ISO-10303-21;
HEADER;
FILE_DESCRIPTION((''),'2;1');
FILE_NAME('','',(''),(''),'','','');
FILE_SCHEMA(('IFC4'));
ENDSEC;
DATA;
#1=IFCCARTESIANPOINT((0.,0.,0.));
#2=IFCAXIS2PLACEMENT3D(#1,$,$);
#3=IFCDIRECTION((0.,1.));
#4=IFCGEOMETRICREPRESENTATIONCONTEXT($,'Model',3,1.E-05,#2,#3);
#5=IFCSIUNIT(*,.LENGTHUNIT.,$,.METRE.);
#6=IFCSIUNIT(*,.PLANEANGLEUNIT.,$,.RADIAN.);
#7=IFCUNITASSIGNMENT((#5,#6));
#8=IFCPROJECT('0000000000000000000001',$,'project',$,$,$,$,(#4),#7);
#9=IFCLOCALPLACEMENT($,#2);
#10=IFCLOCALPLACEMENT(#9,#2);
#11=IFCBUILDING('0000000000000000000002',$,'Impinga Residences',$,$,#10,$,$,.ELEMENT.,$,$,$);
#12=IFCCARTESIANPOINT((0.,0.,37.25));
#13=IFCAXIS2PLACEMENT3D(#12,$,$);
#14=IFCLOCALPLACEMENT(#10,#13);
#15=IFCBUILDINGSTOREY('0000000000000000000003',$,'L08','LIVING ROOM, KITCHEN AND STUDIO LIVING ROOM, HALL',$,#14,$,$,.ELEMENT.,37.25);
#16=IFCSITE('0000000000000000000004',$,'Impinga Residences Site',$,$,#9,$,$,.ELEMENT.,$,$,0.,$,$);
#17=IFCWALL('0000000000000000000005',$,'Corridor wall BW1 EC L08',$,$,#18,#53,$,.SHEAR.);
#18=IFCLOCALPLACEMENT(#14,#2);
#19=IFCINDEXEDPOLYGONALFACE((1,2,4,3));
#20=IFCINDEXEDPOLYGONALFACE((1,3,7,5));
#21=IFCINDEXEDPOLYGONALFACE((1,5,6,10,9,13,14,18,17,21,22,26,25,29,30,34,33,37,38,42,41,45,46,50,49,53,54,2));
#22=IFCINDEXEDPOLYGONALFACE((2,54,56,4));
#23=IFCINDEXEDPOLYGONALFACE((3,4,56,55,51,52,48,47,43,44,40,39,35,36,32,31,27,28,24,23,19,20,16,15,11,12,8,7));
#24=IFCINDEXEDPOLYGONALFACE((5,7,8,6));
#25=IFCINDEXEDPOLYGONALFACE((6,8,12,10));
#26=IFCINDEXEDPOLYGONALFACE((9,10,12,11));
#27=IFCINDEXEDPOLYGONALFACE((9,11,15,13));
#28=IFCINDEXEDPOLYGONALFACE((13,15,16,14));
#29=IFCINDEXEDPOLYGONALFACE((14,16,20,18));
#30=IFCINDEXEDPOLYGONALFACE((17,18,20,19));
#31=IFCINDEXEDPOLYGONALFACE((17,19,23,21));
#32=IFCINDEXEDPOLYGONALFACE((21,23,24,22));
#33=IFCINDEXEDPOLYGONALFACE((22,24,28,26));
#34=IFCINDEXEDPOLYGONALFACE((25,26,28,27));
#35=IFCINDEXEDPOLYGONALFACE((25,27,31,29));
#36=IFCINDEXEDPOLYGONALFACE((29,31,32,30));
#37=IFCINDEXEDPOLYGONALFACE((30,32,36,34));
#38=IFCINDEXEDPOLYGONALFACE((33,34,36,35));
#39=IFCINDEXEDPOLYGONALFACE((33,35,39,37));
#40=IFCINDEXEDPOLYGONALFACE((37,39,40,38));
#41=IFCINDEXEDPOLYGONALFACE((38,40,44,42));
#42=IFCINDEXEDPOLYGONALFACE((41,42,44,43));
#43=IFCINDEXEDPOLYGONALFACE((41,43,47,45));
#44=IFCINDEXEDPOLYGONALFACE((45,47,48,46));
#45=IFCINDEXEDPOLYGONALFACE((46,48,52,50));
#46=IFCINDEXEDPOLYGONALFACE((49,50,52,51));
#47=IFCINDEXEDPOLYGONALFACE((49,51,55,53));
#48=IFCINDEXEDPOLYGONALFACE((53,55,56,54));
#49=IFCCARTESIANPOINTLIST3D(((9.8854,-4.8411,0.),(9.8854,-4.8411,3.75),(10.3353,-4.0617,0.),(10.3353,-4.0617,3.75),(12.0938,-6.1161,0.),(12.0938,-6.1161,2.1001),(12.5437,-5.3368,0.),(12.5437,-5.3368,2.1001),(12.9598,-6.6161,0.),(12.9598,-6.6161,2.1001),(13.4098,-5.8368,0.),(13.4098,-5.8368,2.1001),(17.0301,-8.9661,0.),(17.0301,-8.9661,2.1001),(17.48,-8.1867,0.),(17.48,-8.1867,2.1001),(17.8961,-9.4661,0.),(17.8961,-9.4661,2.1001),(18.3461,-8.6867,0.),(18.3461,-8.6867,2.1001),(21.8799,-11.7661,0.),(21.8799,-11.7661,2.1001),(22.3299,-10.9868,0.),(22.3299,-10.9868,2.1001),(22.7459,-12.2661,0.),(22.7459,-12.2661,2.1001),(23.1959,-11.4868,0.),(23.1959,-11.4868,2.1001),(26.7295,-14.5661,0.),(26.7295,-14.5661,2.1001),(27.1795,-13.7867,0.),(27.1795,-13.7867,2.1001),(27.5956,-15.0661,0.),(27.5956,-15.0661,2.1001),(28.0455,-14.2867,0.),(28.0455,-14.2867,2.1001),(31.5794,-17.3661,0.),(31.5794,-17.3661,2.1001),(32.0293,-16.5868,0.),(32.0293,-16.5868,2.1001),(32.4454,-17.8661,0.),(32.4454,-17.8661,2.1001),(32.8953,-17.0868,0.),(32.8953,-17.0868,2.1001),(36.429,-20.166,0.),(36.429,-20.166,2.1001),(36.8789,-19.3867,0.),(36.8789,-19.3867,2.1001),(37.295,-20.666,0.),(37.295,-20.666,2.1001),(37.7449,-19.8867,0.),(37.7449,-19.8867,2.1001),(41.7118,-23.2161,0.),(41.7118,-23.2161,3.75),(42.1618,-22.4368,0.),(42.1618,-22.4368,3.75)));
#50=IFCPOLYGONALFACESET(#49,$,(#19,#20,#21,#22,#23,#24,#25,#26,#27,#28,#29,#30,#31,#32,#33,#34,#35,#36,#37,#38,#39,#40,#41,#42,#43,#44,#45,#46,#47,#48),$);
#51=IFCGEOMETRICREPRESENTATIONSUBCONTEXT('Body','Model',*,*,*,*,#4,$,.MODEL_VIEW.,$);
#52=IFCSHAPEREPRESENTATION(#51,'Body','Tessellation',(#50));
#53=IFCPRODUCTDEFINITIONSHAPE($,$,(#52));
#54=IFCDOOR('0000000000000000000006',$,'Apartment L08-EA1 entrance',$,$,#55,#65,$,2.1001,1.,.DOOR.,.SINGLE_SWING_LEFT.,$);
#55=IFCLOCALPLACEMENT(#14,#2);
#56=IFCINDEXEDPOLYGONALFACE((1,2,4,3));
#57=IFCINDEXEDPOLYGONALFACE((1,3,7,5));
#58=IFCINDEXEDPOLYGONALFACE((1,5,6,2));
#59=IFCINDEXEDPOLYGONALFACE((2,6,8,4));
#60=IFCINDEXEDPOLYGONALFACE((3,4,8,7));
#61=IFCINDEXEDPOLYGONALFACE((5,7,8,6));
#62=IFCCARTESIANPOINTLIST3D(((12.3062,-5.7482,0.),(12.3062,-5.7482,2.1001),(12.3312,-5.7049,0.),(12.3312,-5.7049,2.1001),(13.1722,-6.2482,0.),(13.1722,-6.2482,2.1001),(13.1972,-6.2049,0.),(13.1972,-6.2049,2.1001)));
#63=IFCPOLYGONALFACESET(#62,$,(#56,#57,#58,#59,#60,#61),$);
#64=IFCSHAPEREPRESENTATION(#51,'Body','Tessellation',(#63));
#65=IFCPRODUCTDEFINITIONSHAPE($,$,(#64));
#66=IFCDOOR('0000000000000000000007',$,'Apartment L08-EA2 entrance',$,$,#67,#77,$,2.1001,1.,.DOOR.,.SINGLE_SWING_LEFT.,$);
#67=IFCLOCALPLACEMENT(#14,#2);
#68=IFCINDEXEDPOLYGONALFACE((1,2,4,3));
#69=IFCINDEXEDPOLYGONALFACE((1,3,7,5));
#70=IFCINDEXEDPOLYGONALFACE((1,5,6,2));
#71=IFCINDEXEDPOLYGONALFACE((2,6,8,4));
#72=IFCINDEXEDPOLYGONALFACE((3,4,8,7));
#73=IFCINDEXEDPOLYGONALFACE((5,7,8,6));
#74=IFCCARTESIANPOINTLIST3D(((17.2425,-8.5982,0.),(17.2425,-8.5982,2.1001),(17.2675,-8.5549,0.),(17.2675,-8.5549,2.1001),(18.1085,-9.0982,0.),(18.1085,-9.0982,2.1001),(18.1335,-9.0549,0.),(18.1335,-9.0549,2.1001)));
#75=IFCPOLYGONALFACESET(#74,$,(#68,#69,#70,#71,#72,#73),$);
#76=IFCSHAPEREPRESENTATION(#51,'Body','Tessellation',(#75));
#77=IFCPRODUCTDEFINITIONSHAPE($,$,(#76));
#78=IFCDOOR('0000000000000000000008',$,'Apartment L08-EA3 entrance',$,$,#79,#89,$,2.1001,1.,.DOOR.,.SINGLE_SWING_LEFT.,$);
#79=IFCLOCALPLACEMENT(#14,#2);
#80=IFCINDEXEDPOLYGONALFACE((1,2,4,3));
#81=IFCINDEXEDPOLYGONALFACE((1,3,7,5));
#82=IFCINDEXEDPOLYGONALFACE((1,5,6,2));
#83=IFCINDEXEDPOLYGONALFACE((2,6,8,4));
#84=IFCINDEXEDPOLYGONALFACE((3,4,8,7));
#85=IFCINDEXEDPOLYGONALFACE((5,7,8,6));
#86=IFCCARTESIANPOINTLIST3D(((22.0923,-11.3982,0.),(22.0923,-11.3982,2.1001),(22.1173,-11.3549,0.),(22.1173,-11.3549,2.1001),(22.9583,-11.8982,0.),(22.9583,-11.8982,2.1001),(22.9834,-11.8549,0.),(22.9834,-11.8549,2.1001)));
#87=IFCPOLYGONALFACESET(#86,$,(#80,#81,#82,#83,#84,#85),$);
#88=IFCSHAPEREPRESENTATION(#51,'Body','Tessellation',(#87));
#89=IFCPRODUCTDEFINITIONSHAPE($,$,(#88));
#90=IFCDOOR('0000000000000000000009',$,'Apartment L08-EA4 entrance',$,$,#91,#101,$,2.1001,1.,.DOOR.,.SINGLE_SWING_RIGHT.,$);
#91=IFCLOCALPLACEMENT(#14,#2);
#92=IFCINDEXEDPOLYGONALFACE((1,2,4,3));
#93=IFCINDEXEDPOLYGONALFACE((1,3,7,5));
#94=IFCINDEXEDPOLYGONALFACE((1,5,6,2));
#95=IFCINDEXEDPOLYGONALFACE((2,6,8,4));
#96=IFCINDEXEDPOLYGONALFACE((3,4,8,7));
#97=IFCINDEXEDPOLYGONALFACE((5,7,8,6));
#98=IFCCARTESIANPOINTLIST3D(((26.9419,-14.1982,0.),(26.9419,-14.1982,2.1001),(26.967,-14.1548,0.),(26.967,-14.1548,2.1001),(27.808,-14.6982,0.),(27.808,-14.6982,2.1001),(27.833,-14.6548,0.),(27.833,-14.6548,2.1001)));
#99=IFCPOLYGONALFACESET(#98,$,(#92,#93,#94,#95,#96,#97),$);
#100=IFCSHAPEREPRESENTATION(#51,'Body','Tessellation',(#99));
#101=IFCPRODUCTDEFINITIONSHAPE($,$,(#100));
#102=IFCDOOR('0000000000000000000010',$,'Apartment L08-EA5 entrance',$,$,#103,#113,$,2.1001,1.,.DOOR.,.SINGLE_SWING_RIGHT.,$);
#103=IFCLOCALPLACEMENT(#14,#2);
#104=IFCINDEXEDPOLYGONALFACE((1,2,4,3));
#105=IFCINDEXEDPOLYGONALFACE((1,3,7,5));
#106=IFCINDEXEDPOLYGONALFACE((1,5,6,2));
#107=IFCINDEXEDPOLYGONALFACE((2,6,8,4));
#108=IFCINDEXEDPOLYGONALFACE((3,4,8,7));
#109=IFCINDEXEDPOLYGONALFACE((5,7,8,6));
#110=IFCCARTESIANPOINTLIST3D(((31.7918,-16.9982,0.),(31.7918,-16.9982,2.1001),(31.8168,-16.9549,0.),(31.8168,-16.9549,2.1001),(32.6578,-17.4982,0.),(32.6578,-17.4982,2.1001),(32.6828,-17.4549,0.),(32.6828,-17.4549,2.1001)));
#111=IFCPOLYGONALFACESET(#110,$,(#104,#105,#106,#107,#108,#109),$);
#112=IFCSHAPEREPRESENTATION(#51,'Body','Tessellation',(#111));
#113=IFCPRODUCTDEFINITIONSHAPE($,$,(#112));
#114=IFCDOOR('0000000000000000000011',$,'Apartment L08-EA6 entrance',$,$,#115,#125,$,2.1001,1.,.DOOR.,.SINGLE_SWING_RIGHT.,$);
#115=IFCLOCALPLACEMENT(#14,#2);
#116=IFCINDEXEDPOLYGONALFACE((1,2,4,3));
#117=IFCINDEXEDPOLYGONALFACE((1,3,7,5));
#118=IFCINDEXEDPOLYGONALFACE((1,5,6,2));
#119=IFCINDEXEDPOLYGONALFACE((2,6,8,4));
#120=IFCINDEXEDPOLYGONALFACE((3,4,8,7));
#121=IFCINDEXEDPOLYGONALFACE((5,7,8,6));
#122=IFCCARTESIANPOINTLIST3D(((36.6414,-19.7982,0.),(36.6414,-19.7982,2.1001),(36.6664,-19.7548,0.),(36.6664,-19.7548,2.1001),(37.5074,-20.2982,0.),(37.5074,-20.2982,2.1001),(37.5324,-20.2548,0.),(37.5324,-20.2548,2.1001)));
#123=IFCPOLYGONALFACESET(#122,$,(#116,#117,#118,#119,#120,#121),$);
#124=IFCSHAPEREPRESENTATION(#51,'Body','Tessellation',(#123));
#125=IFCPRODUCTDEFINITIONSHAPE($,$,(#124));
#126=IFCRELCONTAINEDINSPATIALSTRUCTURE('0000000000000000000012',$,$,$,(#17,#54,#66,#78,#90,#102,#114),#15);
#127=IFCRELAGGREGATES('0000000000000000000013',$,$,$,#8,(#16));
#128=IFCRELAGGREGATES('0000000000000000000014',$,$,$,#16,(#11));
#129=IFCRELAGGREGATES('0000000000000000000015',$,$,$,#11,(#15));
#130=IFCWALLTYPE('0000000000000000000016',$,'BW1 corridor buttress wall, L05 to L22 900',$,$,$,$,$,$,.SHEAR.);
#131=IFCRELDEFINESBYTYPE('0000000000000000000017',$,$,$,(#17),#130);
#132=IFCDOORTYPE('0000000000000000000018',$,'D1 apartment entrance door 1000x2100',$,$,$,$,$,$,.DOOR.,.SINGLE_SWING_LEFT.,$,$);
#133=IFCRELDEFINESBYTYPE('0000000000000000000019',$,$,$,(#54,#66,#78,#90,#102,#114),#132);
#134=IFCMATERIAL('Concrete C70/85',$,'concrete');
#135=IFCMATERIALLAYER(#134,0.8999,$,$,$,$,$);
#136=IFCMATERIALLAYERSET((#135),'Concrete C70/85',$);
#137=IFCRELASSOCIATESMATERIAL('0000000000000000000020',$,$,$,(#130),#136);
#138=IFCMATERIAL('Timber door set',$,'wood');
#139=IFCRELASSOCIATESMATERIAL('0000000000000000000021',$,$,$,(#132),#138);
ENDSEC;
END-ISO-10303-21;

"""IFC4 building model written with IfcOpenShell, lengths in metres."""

from ifc_helpers import new_model, si_unit, direction, frame, frame_2d, origin, place, context, subcontext, project, spatial, rectangle, extrude, material, layer, layer_set, type_object, element, fill, save


model = new_model("IFC4")

# Units and contexts
model_context = context("Model", 3, precision=1e-05, world=origin(), true_north=direction((0.0, 1.0)))
body_context = subcontext(model_context, "Body", "Model", "MODEL_VIEW")
ifc_project = project(units=[si_unit("LENGTHUNIT", "METRE"), si_unit("PLANEANGLEUNIT", "RADIAN")], contexts=[model_context])

# Site, building, storey
site_placement = place(None, origin())
site = spatial("IfcSite", under=ifc_project, at=site_placement, Name="Impinga Residences Site", CompositionType="ELEMENT", RefElevation=0.0)
building_placement = place(site_placement, origin())
building = spatial("IfcBuilding", under=site, at=building_placement, Name="Impinga Residences", CompositionType="ELEMENT")
storey_placement = place(building_placement, frame((0.0, 0.0, 37.25)))
storey = spatial("IfcBuildingStorey", under=building, at=storey_placement, Name="L08", Description="LIVING ROOM, KITCHEN AND STUDIO LIVING ROOM, HALL", CompositionType="ELEMENT", Elevation=37.25)

# Wall, openings, doors
ifc_material_1 = material(Name="Concrete C70/85", Category="concrete")
ifc_layer_1 = layer(ifc_material_1, 0.8999)
ifc_layer_set_1 = layer_set([ifc_layer_1], Name="Concrete C70/85")
wall_type_1 = type_object("IfcWallType", Name="BW1 corridor buttress wall, L05 to L22 900", PredefinedType="SHEAR", material=ifc_layer_set_1)
wall_1_placement = place(storey_placement, frame((10.1104, -4.4514, 0.0), z_axis=(0.0, 0.0, 1.0), x_axis=(0.866025, -0.5, 0.0)))
wall_1 = element("IfcWall", 1, at=wall_1_placement, inside=storey, type_object=wall_type_1, Name="Corridor wall BW1 EC L08", PredefinedType="SHEAR", context=body_context, shape_type="SweptSolid", body=[
    extrude(rectangle(XDim=36.75, YDim=0.8999, at=frame_2d((18.375, 0.0))), origin(), (0.0, 0.0, 1.0), 3.75),
])
opening_1_placement = place(wall_1_placement, frame((2.55, 0.0, 0.0)))
opening_1 = element("IfcOpeningElement", 2, at=opening_1_placement, cuts=wall_1, PredefinedType="OPENING", context=body_context, shape_type="SweptSolid", body=[
    extrude(rectangle(XDim=1.0, YDim=2.1001, at=frame_2d((0.5, 1.05))), frame((0.0, 0.46, 0.0), z_axis=(0.0, -1.0, 0.0), x_axis=(1.0, 0.0, 0.0)), (0.0, 0.0, 1.0), 0.9199),
])
opening_2_placement = place(wall_1_placement, frame((8.25, 0.0, 0.0)))
opening_2 = element("IfcOpeningElement", 3, at=opening_2_placement, cuts=wall_1, PredefinedType="OPENING", context=body_context, shape_type="SweptSolid", body=[
    extrude(rectangle(XDim=1.0, YDim=2.1001, at=frame_2d((0.5, 1.05))), frame((0.0, 0.46, 0.0), z_axis=(0.0, -1.0, 0.0), x_axis=(1.0, 0.0, 0.0)), (0.0, 0.0, 1.0), 0.9199),
])
opening_3_placement = place(wall_1_placement, frame((13.8501, 0.0, 0.0)))
opening_3 = element("IfcOpeningElement", 4, at=opening_3_placement, cuts=wall_1, PredefinedType="OPENING", context=body_context, shape_type="SweptSolid", body=[
    extrude(rectangle(XDim=1.0, YDim=2.1001, at=frame_2d((0.5, 1.05))), frame((0.0, 0.46, 0.0), z_axis=(0.0, -1.0, 0.0), x_axis=(1.0, 0.0, 0.0)), (0.0, 0.0, 1.0), 0.9199),
])
opening_4_placement = place(wall_1_placement, frame((19.45, 0.0, 0.0)))
opening_4 = element("IfcOpeningElement", 5, at=opening_4_placement, cuts=wall_1, PredefinedType="OPENING", context=body_context, shape_type="SweptSolid", body=[
    extrude(rectangle(XDim=1.0, YDim=2.1001, at=frame_2d((0.5, 1.05))), frame((0.0, 0.46, 0.0), z_axis=(0.0, -1.0, 0.0), x_axis=(1.0, 0.0, 0.0)), (0.0, 0.0, 1.0), 0.9199),
])
opening_5_placement = place(wall_1_placement, frame((25.05, 0.0, 0.0)))
opening_5 = element("IfcOpeningElement", 6, at=opening_5_placement, cuts=wall_1, PredefinedType="OPENING", context=body_context, shape_type="SweptSolid", body=[
    extrude(rectangle(XDim=1.0, YDim=2.1001, at=frame_2d((0.5, 1.05))), frame((0.0, 0.46, 0.0), z_axis=(0.0, -1.0, 0.0), x_axis=(1.0, 0.0, 0.0)), (0.0, 0.0, 1.0), 0.9199),
])
opening_6_placement = place(wall_1_placement, frame((30.6499, 0.0, 0.0)))
opening_6 = element("IfcOpeningElement", 7, at=opening_6_placement, cuts=wall_1, PredefinedType="OPENING", context=body_context, shape_type="SweptSolid", body=[
    extrude(rectangle(XDim=1.0, YDim=2.1001, at=frame_2d((0.5, 1.05))), frame((0.0, 0.46, 0.0), z_axis=(0.0, -1.0, 0.0), x_axis=(1.0, 0.0, 0.0)), (0.0, 0.0, 1.0), 0.9199),
])
ifc_material_2 = material(Name="Timber door set", Category="wood")
door_type_1 = type_object("IfcDoorType", Name="D1 apartment entrance door 1000x2100", OperationType="SINGLE_SWING_LEFT", PredefinedType="DOOR", material=ifc_material_2)
door_1_placement = place(opening_1_placement, origin())
door_1 = element("IfcDoor", 8, at=door_1_placement, inside=storey, type_object=door_type_1, Name="Apartment L08-EA1 entrance", OperationType="SINGLE_SWING_LEFT", OverallHeight=2.1001, OverallWidth=1.0, PredefinedType="DOOR", context=body_context, shape_type="SweptSolid", body=[
    extrude(rectangle(XDim=1.0, YDim=2.1001, at=frame_2d((0.5, 1.05))), frame((0.0, 0.0249, 0.0), z_axis=(0.0, -1.0, 0.0), x_axis=(1.0, 0.0, 0.0)), (0.0, 0.0, 1.0), 0.05),
])
fill(opening_1, door_1)
door_2_placement = place(opening_2_placement, origin())
door_2 = element("IfcDoor", 9, at=door_2_placement, inside=storey, type_object=door_type_1, Name="Apartment L08-EA2 entrance", OperationType="SINGLE_SWING_LEFT", OverallHeight=2.1001, OverallWidth=1.0, PredefinedType="DOOR", context=body_context, shape_type="SweptSolid", body=[
    extrude(rectangle(XDim=1.0, YDim=2.1001, at=frame_2d((0.5, 1.05))), frame((0.0, 0.0249, 0.0), z_axis=(0.0, -1.0, 0.0), x_axis=(1.0, 0.0, 0.0)), (0.0, 0.0, 1.0), 0.05),
])
fill(opening_2, door_2)
door_3_placement = place(opening_3_placement, origin())
door_3 = element("IfcDoor", 10, at=door_3_placement, inside=storey, type_object=door_type_1, Name="Apartment L08-EA3 entrance", OperationType="SINGLE_SWING_LEFT", OverallHeight=2.1001, OverallWidth=1.0, PredefinedType="DOOR", context=body_context, shape_type="SweptSolid", body=[
    extrude(rectangle(XDim=1.0, YDim=2.1001, at=frame_2d((0.5, 1.05))), frame((0.0, 0.0249, 0.0), z_axis=(0.0, -1.0, 0.0), x_axis=(1.0, 0.0, 0.0)), (0.0, 0.0, 1.0), 0.05),
])
fill(opening_3, door_3)
door_4_placement = place(opening_4_placement, origin())
door_4 = element("IfcDoor", 11, at=door_4_placement, inside=storey, type_object=door_type_1, Name="Apartment L08-EA4 entrance", OperationType="SINGLE_SWING_RIGHT", OverallHeight=2.1001, OverallWidth=1.0, PredefinedType="DOOR", context=body_context, shape_type="SweptSolid", body=[
    extrude(rectangle(XDim=1.0, YDim=2.1001, at=frame_2d((0.5, 1.05))), frame((0.0, 0.0249, 0.0), z_axis=(0.0, -1.0, 0.0), x_axis=(1.0, 0.0, 0.0)), (0.0, 0.0, 1.0), 0.05),
])
fill(opening_4, door_4)
door_5_placement = place(opening_5_placement, origin())
door_5 = element("IfcDoor", 12, at=door_5_placement, inside=storey, type_object=door_type_1, Name="Apartment L08-EA5 entrance", OperationType="SINGLE_SWING_RIGHT", OverallHeight=2.1001, OverallWidth=1.0, PredefinedType="DOOR", context=body_context, shape_type="SweptSolid", body=[
    extrude(rectangle(XDim=1.0, YDim=2.1001, at=frame_2d((0.5, 1.05))), frame((0.0, 0.0249, 0.0), z_axis=(0.0, -1.0, 0.0), x_axis=(1.0, 0.0, 0.0)), (0.0, 0.0, 1.0), 0.05),
])
fill(opening_5, door_5)
door_6_placement = place(opening_6_placement, origin())
door_6 = element("IfcDoor", 13, at=door_6_placement, inside=storey, type_object=door_type_1, Name="Apartment L08-EA6 entrance", OperationType="SINGLE_SWING_RIGHT", OverallHeight=2.1001, OverallWidth=1.0, PredefinedType="DOOR", context=body_context, shape_type="SweptSolid", body=[
    extrude(rectangle(XDim=1.0, YDim=2.1001, at=frame_2d((0.5, 1.05))), frame((0.0, 0.0249, 0.0), z_axis=(0.0, -1.0, 0.0), x_axis=(1.0, 0.0, 0.0)), (0.0, 0.0, 1.0), 0.05),
])
fill(opening_6, door_6)

save(model, "model.ifc")
